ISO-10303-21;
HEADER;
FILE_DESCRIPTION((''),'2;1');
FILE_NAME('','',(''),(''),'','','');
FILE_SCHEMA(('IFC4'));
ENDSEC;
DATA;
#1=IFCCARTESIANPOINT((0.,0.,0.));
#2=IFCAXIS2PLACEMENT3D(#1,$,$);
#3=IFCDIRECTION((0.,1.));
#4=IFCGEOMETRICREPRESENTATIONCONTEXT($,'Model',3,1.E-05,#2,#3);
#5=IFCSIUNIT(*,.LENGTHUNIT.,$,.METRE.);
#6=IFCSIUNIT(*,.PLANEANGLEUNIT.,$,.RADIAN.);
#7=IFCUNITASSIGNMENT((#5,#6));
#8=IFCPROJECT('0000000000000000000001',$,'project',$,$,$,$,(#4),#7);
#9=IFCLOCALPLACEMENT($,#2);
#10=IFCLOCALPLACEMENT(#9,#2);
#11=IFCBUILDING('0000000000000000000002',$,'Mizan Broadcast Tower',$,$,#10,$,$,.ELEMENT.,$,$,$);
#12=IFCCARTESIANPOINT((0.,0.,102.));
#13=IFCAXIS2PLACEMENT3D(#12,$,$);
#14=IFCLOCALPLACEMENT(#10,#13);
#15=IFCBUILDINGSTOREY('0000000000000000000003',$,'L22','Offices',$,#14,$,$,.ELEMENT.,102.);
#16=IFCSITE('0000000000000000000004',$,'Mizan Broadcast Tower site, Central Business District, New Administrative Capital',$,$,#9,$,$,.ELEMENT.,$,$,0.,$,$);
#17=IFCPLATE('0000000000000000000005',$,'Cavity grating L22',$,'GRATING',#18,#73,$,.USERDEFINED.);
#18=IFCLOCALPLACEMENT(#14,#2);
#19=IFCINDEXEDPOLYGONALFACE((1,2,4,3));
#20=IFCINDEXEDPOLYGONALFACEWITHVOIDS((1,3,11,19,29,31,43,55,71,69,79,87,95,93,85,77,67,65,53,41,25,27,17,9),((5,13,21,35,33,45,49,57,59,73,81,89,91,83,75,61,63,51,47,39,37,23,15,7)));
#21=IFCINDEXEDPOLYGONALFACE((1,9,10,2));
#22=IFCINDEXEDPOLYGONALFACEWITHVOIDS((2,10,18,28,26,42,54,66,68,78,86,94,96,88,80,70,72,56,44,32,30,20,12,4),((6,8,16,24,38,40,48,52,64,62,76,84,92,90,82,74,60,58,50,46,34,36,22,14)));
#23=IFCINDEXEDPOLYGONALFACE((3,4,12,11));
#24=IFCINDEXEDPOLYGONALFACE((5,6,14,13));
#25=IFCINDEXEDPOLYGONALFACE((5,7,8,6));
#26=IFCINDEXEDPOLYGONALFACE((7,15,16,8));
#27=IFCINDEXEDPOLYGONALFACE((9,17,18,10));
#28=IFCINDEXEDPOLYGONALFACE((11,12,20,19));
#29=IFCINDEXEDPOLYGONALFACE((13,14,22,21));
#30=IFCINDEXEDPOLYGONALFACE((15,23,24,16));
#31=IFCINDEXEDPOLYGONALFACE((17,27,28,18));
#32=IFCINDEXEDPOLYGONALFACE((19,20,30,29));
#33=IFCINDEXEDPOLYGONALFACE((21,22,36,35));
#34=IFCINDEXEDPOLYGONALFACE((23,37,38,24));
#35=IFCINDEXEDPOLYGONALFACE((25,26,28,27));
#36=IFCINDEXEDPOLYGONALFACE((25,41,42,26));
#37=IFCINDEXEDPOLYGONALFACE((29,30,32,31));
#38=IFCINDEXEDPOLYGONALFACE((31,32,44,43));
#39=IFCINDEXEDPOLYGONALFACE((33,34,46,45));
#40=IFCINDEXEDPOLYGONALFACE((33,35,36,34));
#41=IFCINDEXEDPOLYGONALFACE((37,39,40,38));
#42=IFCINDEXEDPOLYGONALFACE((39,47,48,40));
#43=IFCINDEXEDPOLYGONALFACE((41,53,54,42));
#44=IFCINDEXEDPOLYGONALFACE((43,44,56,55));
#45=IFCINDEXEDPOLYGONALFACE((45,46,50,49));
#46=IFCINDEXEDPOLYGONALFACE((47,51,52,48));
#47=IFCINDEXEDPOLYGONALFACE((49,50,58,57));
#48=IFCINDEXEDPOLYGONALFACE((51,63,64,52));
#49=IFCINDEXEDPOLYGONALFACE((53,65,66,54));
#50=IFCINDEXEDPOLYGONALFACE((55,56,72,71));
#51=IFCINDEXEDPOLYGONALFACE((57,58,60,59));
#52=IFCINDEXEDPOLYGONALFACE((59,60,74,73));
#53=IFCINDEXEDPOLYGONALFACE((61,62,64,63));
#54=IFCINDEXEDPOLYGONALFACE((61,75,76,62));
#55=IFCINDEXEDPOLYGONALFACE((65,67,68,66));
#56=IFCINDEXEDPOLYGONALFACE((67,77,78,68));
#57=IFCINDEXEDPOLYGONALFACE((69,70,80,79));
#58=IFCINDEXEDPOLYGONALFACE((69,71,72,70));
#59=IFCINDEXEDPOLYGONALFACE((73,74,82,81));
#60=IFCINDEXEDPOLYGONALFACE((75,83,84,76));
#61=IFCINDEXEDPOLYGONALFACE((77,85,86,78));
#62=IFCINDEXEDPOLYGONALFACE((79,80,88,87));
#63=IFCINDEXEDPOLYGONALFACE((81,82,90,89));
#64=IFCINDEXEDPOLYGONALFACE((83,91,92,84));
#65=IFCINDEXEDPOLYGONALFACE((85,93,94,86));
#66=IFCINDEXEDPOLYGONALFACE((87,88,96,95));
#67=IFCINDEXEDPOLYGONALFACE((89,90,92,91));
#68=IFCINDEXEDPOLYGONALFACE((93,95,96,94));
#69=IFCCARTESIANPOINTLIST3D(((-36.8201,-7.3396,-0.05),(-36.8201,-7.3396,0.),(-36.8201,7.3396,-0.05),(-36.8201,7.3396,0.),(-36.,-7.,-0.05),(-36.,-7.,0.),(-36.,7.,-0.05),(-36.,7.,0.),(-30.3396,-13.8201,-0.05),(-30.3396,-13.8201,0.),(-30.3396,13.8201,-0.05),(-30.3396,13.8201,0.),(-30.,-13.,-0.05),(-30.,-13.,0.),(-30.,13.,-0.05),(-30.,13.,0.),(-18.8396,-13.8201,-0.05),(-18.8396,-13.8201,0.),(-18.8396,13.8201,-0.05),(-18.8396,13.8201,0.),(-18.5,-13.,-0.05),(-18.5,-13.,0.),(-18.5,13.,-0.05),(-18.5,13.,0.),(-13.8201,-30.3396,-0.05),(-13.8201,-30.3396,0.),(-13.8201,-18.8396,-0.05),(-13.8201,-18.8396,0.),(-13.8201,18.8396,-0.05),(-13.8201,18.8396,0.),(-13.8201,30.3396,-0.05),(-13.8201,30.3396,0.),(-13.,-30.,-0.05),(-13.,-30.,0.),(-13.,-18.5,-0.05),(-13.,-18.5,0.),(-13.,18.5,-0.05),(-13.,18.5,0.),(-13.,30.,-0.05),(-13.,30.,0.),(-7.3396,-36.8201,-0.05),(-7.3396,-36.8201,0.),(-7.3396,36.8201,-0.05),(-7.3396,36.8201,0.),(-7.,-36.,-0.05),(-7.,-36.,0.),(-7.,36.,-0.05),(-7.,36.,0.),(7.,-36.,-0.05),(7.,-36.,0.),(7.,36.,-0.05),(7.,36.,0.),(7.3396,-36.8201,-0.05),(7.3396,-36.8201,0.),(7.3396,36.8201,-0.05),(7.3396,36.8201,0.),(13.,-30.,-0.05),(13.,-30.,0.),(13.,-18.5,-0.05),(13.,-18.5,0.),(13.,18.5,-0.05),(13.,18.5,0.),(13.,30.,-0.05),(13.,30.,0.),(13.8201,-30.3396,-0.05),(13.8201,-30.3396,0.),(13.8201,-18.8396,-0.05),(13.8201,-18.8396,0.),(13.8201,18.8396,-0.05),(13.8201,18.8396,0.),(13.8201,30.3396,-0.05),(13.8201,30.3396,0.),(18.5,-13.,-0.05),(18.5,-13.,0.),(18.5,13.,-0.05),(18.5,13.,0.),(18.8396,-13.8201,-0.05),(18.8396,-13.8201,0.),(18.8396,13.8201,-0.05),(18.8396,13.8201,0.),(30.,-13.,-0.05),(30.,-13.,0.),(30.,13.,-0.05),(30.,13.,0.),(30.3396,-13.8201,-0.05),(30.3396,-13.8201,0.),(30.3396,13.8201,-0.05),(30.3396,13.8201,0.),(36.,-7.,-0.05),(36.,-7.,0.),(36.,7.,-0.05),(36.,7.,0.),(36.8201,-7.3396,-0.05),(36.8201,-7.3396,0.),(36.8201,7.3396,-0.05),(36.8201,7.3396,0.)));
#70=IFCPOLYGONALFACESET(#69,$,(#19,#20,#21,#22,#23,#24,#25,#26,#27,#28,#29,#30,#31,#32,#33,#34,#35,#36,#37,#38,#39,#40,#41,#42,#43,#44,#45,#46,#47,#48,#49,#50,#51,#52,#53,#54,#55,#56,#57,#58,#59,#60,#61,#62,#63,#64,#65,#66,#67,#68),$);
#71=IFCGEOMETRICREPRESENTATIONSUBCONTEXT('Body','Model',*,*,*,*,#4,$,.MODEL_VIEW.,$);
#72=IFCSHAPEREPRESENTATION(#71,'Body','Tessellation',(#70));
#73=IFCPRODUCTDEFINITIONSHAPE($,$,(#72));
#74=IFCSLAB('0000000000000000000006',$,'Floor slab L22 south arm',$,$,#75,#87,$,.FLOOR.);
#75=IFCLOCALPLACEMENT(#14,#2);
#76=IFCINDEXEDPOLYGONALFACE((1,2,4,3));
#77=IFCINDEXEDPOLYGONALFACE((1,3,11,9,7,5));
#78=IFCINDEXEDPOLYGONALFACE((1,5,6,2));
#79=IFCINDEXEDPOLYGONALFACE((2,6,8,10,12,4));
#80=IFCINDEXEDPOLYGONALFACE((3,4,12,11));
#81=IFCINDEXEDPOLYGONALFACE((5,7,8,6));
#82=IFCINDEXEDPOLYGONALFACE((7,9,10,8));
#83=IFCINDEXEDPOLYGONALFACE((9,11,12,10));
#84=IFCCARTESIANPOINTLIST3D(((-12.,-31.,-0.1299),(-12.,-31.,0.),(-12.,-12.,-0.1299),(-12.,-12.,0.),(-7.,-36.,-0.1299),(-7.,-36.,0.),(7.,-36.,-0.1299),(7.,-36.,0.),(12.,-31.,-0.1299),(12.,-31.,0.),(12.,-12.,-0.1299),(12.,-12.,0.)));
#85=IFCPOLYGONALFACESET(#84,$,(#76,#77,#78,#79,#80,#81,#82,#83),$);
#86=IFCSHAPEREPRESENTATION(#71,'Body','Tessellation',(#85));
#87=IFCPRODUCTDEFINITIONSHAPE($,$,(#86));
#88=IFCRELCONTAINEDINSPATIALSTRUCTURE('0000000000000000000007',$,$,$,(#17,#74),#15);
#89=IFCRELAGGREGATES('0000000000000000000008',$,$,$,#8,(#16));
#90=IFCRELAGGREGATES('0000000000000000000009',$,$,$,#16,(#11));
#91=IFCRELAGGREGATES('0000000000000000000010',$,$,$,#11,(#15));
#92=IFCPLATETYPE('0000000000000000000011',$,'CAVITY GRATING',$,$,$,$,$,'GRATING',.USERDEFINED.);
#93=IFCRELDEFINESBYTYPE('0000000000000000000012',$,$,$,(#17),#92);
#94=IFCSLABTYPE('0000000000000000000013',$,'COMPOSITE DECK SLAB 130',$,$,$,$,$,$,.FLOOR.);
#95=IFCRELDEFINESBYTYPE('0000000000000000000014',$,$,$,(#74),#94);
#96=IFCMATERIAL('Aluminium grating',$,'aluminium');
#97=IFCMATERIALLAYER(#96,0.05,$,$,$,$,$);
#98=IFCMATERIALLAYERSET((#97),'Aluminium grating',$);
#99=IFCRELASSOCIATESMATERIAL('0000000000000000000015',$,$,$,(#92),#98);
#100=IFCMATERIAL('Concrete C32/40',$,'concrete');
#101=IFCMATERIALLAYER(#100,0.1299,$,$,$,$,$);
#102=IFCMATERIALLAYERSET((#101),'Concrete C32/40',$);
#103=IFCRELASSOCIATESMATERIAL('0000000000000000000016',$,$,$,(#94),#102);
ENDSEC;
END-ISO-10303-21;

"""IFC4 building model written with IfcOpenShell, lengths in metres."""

from ifc_helpers import new_model, si_unit, direction, frame, origin, place, context, subcontext, project, spatial, polyline, outline, extrude, material, layer, layer_set, type_object, element, save


model = new_model("IFC4")

# Units and contexts
model_context = context("Model", 3, precision=1e-05, world=origin(), true_north=direction((0.0, 1.0)))
body_context = subcontext(model_context, "Body", "Model", "MODEL_VIEW")
ifc_project = project(units=[si_unit("LENGTHUNIT", "METRE"), si_unit("PLANEANGLEUNIT", "RADIAN")], contexts=[model_context])

# Site, building, storey
site_placement = place(None, origin())
site = spatial("IfcSite", under=ifc_project, at=site_placement, Name="Mizan Broadcast Tower site, Central Business District, New Administrative Capital", CompositionType="ELEMENT", RefElevation=0.0)
building_placement = place(site_placement, origin())
building = spatial("IfcBuilding", under=site, at=building_placement, Name="Mizan Broadcast Tower", CompositionType="ELEMENT")
storey_placement = place(building_placement, frame((0.0, 0.0, 102.0)))
storey = spatial("IfcBuildingStorey", under=building, at=storey_placement, Name="L22", Description="Offices", CompositionType="ELEMENT", Elevation=102.0)

# Plate
ifc_material_1 = material(Name="Aluminium grating", Category="aluminium")
ifc_layer_1 = layer(ifc_material_1, 0.05)
ifc_layer_set_1 = layer_set([ifc_layer_1], Name="Aluminium grating")
plate_type = type_object("IfcPlateType", Name="CAVITY GRATING", ElementType="GRATING", PredefinedType="USERDEFINED", material=ifc_layer_set_1)
plate_placement = place(storey_placement, frame((0.0, 0.0, -0.05)))
element("IfcPlate", 1, at=plate_placement, inside=storey, type_object=plate_type, Name="Cavity grating L22", ObjectType="GRATING", PredefinedType="USERDEFINED", context=body_context, shape_type="SweptSolid", body=[
    extrude(outline(polyline([(13.8201, -18.8396), (18.8396, -13.8201), (30.3396, -13.8201), (36.8201, -7.3396), (36.8201, 7.3396), (30.3396, 13.8201), (18.8396, 13.8201), (13.8201, 18.8396), (13.8201, 30.3396), (7.3396, 36.8201), (-7.3396, 36.8201), (-13.8201, 30.3396), (-13.8201, 18.8396), (-18.8396, 13.8201), (-30.3396, 13.8201), (-36.8201, 7.3396), (-36.8201, -7.3396), (-30.3396, -13.8201), (-18.8396, -13.8201), (-13.8201, -18.8396), (-13.8201, -30.3396), (-7.3396, -36.8201), (7.3396, -36.8201), (13.8201, -30.3396), (13.8201, -18.8396)]), holes=[polyline([(36.0, 7.0), (36.0, -7.0), (30.0, -13.0), (18.5, -13.0), (13.0, -18.5), (13.0, -30.0), (7.0, -36.0), (-7.0, -36.0), (-13.0, -30.0), (-13.0, -18.5), (-18.5, -13.0), (-30.0, -13.0), (-36.0, -7.0), (-36.0, 7.0), (-30.0, 13.0), (-18.5, 13.0), (-13.0, 18.5), (-13.0, 30.0), (-7.0, 36.0), (7.0, 36.0), (13.0, 30.0), (13.0, 18.5), (18.5, 13.0), (30.0, 13.0), (36.0, 7.0)])]), origin(), (0.0, 0.0, 1.0), 0.05),
])

# Slab
ifc_material_2 = material(Name="Concrete C32/40", Category="concrete")
ifc_layer_2 = layer(ifc_material_2, 0.1299)
ifc_layer_set_2 = layer_set([ifc_layer_2], Name="Concrete C32/40")
slab_type_1 = type_object("IfcSlabType", Name="COMPOSITE DECK SLAB 130", PredefinedType="FLOOR", material=ifc_layer_set_2)
slab_1_placement = place(storey_placement, frame((0.0, 0.0, -0.1299)))
element("IfcSlab", 2, at=slab_1_placement, inside=storey, type_object=slab_type_1, Name="Floor slab L22 south arm", PredefinedType="FLOOR", context=body_context, shape_type="SweptSolid", body=[
    extrude(outline(polyline([(7.0, -36.0), (12.0, -31.0), (12.0, -12.0), (-12.0, -12.0), (-12.0, -31.0), (-7.0, -36.0), (7.0, -36.0)])), origin(), (0.0, 0.0, 1.0), 0.1299),
])

save(model, "model.ifc")
